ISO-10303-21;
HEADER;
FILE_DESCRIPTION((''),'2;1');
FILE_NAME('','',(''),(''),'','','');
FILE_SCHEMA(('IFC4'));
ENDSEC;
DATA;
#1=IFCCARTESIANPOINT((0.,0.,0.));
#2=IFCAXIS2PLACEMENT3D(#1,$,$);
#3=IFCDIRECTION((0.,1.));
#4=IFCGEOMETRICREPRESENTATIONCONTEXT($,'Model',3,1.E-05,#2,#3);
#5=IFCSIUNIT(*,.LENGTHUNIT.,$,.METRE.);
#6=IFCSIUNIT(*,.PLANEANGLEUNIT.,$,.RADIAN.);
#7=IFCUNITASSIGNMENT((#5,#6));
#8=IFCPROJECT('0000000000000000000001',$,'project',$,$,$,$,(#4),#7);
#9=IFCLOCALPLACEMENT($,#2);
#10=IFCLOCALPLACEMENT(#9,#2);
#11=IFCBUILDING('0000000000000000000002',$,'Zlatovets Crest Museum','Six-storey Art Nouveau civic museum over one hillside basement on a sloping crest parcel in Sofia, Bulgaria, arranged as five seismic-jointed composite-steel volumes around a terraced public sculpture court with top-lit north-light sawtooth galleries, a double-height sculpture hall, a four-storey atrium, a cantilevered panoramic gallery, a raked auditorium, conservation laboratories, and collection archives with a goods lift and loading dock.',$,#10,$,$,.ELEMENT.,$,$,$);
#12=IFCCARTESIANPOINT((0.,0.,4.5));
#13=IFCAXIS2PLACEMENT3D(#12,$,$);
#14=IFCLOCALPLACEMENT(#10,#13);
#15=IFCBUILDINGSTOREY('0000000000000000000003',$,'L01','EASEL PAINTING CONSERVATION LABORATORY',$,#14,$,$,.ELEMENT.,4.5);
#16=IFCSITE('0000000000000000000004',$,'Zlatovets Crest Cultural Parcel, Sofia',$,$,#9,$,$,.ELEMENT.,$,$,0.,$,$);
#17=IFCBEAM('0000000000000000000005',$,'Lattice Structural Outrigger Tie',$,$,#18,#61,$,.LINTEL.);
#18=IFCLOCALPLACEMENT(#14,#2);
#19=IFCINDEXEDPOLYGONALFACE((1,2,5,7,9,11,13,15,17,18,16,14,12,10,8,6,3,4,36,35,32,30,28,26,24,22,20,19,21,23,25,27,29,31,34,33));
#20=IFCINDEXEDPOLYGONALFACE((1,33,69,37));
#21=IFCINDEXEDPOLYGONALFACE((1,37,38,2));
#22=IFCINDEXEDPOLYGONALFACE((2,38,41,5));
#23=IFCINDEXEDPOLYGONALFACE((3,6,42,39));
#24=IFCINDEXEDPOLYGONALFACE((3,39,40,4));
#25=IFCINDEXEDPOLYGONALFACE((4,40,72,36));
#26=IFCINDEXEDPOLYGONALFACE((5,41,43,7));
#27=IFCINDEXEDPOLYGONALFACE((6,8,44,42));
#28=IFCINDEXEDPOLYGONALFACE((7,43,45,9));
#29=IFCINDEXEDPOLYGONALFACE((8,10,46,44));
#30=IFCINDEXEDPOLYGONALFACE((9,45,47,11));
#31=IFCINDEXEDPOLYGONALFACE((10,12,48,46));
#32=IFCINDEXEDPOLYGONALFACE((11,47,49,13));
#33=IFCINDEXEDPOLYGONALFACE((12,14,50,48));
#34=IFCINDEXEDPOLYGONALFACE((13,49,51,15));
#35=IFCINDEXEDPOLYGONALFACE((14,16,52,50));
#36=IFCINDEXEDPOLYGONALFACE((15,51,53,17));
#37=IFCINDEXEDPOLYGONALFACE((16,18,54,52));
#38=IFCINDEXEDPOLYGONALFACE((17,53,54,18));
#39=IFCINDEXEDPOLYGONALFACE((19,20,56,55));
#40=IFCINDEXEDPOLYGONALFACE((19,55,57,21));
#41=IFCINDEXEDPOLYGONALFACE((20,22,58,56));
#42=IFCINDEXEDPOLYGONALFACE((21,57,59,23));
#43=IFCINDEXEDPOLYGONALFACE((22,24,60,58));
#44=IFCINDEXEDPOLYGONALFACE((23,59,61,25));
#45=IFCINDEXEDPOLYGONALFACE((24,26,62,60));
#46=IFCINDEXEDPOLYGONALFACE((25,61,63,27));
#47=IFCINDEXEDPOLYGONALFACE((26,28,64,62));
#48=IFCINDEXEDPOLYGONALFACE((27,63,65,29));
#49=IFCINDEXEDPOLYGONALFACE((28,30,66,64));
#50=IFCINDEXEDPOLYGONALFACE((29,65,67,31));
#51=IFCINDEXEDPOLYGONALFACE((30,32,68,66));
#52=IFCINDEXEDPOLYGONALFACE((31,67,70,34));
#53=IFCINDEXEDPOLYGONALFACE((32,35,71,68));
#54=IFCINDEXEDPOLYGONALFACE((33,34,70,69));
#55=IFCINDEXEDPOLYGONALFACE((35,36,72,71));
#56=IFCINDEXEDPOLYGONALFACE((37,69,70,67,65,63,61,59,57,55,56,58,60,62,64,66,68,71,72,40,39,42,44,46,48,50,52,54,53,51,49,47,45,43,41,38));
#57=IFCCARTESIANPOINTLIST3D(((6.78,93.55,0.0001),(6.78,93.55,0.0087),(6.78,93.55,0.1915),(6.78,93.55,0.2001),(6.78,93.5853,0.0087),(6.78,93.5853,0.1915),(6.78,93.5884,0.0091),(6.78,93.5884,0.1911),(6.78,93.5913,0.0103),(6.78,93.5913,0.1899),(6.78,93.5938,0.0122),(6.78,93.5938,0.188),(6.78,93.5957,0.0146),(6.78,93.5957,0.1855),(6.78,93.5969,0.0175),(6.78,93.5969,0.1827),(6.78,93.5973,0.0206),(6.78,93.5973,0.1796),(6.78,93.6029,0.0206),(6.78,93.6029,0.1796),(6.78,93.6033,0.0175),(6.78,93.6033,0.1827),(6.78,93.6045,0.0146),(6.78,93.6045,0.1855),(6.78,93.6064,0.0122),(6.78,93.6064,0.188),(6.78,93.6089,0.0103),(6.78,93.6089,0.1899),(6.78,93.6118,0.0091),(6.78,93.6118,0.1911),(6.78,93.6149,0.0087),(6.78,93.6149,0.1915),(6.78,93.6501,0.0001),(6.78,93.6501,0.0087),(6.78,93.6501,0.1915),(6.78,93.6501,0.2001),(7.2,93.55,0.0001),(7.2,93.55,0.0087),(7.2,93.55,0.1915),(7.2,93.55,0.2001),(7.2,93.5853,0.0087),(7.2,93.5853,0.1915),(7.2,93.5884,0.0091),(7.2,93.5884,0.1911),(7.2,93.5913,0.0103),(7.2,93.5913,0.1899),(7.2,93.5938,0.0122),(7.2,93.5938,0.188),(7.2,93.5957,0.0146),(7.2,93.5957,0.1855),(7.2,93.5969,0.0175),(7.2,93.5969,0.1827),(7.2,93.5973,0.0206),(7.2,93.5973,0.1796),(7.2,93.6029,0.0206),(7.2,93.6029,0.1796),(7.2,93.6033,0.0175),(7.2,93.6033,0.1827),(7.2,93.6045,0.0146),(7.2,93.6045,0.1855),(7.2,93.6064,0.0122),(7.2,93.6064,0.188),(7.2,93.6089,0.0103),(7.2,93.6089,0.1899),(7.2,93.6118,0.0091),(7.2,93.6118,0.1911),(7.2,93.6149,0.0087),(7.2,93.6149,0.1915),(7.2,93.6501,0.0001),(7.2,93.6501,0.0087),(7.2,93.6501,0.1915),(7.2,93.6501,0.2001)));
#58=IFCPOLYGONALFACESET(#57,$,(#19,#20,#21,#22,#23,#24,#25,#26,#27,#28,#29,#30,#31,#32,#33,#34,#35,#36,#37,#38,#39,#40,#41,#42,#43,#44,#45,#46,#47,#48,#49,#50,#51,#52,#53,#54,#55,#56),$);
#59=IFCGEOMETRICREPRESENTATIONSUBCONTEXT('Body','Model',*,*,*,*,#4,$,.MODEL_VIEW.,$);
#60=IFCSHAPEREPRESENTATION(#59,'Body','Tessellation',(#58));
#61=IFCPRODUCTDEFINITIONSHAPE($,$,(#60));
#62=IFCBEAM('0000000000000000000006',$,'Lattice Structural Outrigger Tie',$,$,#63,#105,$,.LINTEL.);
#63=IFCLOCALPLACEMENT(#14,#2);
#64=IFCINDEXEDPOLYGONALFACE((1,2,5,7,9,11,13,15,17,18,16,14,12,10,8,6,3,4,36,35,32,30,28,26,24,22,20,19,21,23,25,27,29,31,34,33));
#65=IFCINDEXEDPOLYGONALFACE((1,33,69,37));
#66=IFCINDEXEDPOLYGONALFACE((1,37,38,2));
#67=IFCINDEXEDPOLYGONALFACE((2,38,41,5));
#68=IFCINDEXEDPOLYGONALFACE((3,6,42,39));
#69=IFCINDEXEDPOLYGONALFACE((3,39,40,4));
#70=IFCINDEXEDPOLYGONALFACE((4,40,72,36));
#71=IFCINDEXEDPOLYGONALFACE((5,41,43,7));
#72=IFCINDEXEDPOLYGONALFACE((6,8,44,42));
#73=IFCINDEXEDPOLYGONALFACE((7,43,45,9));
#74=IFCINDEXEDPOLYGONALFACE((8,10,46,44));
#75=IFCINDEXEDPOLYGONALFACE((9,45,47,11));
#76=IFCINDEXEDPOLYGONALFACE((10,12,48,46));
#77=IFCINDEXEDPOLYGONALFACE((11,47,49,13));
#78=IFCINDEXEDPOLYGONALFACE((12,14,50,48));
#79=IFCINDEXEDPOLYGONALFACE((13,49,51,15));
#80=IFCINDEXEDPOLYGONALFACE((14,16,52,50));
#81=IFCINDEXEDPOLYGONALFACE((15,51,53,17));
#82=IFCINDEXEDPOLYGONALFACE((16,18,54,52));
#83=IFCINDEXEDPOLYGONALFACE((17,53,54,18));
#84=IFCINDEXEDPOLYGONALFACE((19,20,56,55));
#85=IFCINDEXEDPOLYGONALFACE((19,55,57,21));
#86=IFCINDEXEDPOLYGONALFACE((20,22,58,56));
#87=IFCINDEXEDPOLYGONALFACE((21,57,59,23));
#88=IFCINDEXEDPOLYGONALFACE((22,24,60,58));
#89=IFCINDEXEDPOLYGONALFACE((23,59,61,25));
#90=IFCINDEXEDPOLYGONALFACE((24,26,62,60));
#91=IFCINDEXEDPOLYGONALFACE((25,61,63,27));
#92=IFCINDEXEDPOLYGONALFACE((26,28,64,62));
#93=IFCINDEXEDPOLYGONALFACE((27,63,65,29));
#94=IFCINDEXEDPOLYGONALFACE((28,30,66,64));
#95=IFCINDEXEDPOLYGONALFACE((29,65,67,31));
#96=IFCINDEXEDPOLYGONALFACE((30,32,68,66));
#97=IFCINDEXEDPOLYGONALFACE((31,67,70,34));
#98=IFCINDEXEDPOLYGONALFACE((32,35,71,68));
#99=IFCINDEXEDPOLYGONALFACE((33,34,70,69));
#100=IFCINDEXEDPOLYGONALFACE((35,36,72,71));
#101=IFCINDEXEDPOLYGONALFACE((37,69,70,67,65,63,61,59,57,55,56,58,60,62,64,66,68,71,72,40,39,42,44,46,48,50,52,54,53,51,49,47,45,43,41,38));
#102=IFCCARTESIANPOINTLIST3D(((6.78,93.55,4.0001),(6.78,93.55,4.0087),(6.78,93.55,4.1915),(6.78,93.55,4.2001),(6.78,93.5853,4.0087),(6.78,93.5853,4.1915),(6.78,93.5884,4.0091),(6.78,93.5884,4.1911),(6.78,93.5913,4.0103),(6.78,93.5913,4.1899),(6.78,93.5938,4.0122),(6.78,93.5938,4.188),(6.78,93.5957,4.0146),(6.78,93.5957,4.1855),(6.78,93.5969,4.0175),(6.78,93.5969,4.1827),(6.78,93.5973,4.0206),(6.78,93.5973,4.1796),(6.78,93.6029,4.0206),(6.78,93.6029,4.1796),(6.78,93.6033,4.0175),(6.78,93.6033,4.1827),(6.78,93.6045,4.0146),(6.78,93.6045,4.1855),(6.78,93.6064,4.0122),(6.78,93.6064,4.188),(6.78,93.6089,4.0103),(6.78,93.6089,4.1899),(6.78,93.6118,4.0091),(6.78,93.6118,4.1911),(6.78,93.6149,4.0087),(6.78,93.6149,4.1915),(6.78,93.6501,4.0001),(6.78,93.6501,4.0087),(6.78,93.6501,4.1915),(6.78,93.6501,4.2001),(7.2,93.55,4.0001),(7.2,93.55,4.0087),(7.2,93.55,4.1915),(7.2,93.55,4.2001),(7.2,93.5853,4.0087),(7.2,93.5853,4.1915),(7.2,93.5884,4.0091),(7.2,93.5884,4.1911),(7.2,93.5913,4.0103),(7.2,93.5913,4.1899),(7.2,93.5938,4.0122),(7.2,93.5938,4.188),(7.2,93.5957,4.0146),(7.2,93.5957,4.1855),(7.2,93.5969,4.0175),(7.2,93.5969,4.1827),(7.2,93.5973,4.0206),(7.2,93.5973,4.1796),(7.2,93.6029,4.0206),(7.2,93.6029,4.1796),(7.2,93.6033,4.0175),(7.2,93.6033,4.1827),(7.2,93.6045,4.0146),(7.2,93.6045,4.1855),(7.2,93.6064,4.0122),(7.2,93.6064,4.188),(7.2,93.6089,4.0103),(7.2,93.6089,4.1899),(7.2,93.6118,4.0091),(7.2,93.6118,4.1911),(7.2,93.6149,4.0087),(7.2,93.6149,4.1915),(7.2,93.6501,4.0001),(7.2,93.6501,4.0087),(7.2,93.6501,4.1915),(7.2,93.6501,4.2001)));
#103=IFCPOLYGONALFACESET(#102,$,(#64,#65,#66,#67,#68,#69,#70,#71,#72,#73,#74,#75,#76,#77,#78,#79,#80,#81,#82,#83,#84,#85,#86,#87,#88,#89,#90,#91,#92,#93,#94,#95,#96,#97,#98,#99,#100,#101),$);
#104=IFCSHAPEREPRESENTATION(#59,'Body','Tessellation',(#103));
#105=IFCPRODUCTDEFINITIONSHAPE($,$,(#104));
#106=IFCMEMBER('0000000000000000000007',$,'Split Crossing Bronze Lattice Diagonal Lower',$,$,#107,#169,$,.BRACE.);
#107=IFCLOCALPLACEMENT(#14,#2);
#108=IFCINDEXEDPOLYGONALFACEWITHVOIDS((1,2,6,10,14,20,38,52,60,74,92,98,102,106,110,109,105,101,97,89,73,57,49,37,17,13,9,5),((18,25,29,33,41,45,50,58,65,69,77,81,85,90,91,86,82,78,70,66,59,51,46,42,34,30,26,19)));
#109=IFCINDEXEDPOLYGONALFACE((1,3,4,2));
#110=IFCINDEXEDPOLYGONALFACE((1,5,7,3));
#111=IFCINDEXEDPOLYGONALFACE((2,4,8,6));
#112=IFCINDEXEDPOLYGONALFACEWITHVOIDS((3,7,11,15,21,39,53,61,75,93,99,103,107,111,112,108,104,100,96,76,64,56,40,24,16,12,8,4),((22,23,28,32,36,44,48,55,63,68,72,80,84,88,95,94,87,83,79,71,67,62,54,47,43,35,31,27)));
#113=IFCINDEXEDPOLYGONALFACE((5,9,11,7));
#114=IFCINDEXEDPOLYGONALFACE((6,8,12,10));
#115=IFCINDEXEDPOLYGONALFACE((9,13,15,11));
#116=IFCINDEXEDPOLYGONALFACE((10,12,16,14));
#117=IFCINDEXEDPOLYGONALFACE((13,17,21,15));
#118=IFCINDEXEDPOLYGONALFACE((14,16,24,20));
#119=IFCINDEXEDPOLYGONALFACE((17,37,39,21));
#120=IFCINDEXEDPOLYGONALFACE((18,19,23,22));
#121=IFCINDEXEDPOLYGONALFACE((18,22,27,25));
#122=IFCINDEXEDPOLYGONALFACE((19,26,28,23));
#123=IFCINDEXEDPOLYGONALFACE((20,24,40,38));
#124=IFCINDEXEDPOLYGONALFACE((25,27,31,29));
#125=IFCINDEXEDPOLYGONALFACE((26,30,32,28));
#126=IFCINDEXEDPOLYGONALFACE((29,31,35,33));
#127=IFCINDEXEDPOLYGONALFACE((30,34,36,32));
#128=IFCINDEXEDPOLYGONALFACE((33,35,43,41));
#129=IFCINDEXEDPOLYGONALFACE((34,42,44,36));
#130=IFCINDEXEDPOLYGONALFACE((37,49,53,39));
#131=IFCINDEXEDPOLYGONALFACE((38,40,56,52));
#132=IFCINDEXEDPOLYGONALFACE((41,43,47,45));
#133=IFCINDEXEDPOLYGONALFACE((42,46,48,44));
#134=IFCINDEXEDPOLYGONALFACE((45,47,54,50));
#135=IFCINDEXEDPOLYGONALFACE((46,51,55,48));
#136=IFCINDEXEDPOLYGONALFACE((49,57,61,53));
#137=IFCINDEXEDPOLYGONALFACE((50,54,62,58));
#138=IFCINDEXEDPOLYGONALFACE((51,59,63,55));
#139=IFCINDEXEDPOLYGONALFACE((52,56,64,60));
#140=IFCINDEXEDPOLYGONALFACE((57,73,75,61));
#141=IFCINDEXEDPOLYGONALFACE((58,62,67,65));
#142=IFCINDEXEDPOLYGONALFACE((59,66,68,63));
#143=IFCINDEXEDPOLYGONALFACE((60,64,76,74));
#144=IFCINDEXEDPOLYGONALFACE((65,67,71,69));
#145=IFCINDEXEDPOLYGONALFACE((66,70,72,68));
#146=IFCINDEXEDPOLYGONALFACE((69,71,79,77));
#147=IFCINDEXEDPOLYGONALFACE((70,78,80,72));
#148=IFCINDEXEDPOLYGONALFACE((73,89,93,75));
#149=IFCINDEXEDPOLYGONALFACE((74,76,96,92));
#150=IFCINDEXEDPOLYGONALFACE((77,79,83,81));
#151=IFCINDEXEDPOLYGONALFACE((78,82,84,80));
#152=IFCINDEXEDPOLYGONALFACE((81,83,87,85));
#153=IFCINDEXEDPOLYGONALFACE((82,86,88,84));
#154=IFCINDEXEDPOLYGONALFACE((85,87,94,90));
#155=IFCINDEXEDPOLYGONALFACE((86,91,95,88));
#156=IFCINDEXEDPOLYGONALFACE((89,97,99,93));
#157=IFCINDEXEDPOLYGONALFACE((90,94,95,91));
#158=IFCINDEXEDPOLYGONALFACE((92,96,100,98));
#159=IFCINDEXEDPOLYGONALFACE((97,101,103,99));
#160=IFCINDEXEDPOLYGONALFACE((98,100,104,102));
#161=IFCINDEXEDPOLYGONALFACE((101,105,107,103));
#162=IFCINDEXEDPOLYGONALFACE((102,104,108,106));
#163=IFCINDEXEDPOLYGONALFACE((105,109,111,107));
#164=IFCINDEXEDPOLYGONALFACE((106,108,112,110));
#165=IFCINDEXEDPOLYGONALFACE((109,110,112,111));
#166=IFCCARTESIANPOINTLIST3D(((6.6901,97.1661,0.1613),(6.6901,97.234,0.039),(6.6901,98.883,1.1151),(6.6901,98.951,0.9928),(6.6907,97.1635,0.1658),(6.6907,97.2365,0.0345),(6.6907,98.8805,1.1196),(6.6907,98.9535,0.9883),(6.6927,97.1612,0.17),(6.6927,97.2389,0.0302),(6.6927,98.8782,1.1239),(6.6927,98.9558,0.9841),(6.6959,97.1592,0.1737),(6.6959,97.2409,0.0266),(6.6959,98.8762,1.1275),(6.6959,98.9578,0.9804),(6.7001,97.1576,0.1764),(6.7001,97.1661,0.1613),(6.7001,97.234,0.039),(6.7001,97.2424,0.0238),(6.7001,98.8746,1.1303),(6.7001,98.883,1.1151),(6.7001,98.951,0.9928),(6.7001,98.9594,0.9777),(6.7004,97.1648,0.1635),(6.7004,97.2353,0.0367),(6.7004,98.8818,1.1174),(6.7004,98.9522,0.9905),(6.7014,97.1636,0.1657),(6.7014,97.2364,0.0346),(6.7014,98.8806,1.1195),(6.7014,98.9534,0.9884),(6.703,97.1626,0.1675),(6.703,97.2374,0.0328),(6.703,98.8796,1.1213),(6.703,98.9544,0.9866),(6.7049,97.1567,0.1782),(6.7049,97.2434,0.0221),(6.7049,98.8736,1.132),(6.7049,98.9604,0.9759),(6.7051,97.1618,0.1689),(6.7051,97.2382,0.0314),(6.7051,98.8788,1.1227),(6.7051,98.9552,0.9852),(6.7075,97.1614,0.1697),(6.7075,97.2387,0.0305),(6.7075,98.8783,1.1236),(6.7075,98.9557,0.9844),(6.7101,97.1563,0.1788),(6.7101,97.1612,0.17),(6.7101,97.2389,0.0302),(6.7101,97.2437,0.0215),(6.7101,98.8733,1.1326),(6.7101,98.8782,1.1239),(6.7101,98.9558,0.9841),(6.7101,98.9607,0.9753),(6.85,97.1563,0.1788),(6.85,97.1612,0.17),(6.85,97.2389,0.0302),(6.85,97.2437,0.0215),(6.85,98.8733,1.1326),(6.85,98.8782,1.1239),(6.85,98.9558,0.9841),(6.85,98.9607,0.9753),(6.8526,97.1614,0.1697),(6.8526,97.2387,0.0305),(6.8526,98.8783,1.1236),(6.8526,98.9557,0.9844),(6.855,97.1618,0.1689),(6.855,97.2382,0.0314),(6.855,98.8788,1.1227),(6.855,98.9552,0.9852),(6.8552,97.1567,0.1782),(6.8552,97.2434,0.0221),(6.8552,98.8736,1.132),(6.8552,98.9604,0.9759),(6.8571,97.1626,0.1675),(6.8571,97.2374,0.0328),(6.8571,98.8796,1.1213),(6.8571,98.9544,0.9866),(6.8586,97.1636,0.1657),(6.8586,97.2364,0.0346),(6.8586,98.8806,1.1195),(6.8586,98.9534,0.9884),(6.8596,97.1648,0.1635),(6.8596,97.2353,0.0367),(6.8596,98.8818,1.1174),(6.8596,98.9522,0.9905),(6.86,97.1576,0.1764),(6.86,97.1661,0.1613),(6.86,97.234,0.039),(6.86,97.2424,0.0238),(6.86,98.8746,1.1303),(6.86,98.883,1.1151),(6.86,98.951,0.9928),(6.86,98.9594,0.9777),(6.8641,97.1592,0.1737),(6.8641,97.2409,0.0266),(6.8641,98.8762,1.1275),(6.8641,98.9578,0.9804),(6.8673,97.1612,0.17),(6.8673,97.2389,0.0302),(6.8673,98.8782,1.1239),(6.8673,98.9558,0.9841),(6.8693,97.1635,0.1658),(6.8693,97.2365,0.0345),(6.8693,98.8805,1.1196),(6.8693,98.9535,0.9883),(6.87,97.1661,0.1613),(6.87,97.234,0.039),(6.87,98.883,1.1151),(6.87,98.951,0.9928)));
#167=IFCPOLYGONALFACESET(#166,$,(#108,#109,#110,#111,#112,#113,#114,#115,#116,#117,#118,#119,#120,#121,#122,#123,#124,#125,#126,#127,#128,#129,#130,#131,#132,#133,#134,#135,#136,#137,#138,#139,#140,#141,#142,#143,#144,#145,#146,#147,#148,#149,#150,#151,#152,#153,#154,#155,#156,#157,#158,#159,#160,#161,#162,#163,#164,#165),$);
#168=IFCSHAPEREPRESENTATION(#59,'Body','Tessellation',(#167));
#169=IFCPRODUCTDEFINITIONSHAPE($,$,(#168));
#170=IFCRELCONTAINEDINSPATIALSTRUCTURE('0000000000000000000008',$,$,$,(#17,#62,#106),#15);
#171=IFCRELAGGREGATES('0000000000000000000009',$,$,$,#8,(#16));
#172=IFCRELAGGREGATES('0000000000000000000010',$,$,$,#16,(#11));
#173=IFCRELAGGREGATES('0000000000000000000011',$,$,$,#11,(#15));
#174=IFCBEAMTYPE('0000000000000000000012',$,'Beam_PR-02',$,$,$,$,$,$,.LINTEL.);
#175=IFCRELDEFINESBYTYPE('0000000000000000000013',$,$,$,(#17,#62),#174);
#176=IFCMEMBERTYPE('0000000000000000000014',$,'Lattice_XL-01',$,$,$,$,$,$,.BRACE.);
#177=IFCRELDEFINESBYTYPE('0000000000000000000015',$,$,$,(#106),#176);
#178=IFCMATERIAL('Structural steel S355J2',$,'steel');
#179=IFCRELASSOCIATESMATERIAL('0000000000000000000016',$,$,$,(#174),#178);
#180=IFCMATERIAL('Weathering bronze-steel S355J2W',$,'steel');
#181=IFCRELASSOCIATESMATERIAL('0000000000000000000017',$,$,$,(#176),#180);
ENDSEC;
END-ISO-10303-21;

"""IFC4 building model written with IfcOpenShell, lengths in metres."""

from ifc_helpers import new_model, si_unit, direction, frame, origin, origin_2d, place, context, subcontext, project, spatial, hollow_rectangle, i_section, extrude, material, material_profile, profile_set, type_object, element, save


model = new_model("IFC4")

# Units and contexts
model_context = context("Model", 3, precision=1e-05, world=origin(), true_north=direction((0.0, 1.0)))
body_context = subcontext(model_context, "Body", "Model", "MODEL_VIEW")
ifc_project = project(units=[si_unit("LENGTHUNIT", "METRE"), si_unit("PLANEANGLEUNIT", "RADIAN")], contexts=[model_context])

# Site, building, storey
site_placement = place(None, origin())
site = spatial("IfcSite", under=ifc_project, at=site_placement, Name="Zlatovets Crest Cultural Parcel, Sofia", CompositionType="ELEMENT", RefElevation=0.0)
building_placement = place(site_placement, origin())
building = spatial("IfcBuilding", under=site, at=building_placement, Name="Zlatovets Crest Museum", Description="Six-storey Art Nouveau civic museum over one hillside basement on a sloping crest parcel in Sofia, Bulgaria, arranged as five seismic-jointed composite-steel volumes around a terraced public sculpture court with top-lit north-light sawtooth galleries, a double-height sculpture hall, a four-storey atrium, a cantilevered panoramic gallery, a raked auditorium, conservation laboratories, and collection archives with a goods lift and loading dock.", CompositionType="ELEMENT")
storey_placement = place(building_placement, frame((0.0, 0.0, 4.5)))
storey = spatial("IfcBuildingStorey", under=building, at=storey_placement, Name="L01", Description="EASEL PAINTING CONSERVATION LABORATORY", CompositionType="ELEMENT", Elevation=4.5)

# Shared definitions
ifc_material_1 = material(Name="Structural steel S355J2", Category="steel")

# Beams
ifc_material_profile_1 = material_profile(ifc_material_1, i_section(OverallWidth=0.1001, OverallDepth=0.2, WebThickness=0.0056, FlangeThickness=0.0085, FilletRadius=0.012, at=origin_2d()), Name="IPE 200")
ifc_profile_set_1 = profile_set([ifc_material_profile_1], Name="Structural steel S355J2")
beam_type_1 = type_object("IfcBeamType", Name="Beam_PR-02", PredefinedType="LINTEL", material=ifc_profile_set_1)
for number, where, z_axis, x_axis, name in (
    (1, (7.2, 93.6001, 0.1001), (-1.0, 0.0, 0.0), (0.0, -1.0, 0.0), "Lattice Structural Outrigger Tie"),
    (2, (7.2, 93.6001, 4.1001), (-1.0, 0.0, 0.0), (0.0, -1.0, 0.0), "Lattice Structural Outrigger Tie"),
):
    element("IfcBeam", number, at=place(storey_placement, frame(where, z_axis=z_axis, x_axis=x_axis)), inside=storey, type_object=beam_type_1, Name=name, PredefinedType="LINTEL", context=body_context, shape_type="SweptSolid", body=[
        extrude(i_section(OverallWidth=0.1001, OverallDepth=0.2, WebThickness=0.0056, FlangeThickness=0.0085, FilletRadius=0.012, at=origin_2d()), origin(), (0.0, 0.0, 1.0), 0.4199),
    ])

# Member
ifc_material_2 = material(Name="Weathering bronze-steel S355J2W", Category="steel")
ifc_material_profile_2 = material_profile(ifc_material_2, hollow_rectangle(XDim=0.1799, YDim=0.1799, WallThickness=0.01, InnerFilletRadius=0.01, OuterFilletRadius=0.02, at=origin_2d()), Name="SHS 180x180x10.0")
ifc_profile_set_2 = profile_set([ifc_material_profile_2], Name="Weathering bronze-steel S355J2W")
member_type_1 = type_object("IfcMemberType", Name="Lattice_XL-01", PredefinedType="BRACE", material=ifc_profile_set_2)
member_1_placement = place(storey_placement, frame((6.78, 98.917, 1.054), z_axis=(0.0, -0.874169, -0.485622), x_axis=(1.0, 0.0, 0.0)))
element("IfcMember", 3, at=member_1_placement, inside=storey, type_object=member_type_1, Name="Split Crossing Bronze Lattice Diagonal Lower", PredefinedType="BRACE", context=body_context, shape_type="SweptSolid", body=[
    extrude(hollow_rectangle(XDim=0.1799, YDim=0.1799, WallThickness=0.01, InnerFilletRadius=0.01, OuterFilletRadius=0.02, at=origin_2d()), origin(), (0.0, 0.0, 1.0), 1.9641),
])

save(model, "model.ifc")
